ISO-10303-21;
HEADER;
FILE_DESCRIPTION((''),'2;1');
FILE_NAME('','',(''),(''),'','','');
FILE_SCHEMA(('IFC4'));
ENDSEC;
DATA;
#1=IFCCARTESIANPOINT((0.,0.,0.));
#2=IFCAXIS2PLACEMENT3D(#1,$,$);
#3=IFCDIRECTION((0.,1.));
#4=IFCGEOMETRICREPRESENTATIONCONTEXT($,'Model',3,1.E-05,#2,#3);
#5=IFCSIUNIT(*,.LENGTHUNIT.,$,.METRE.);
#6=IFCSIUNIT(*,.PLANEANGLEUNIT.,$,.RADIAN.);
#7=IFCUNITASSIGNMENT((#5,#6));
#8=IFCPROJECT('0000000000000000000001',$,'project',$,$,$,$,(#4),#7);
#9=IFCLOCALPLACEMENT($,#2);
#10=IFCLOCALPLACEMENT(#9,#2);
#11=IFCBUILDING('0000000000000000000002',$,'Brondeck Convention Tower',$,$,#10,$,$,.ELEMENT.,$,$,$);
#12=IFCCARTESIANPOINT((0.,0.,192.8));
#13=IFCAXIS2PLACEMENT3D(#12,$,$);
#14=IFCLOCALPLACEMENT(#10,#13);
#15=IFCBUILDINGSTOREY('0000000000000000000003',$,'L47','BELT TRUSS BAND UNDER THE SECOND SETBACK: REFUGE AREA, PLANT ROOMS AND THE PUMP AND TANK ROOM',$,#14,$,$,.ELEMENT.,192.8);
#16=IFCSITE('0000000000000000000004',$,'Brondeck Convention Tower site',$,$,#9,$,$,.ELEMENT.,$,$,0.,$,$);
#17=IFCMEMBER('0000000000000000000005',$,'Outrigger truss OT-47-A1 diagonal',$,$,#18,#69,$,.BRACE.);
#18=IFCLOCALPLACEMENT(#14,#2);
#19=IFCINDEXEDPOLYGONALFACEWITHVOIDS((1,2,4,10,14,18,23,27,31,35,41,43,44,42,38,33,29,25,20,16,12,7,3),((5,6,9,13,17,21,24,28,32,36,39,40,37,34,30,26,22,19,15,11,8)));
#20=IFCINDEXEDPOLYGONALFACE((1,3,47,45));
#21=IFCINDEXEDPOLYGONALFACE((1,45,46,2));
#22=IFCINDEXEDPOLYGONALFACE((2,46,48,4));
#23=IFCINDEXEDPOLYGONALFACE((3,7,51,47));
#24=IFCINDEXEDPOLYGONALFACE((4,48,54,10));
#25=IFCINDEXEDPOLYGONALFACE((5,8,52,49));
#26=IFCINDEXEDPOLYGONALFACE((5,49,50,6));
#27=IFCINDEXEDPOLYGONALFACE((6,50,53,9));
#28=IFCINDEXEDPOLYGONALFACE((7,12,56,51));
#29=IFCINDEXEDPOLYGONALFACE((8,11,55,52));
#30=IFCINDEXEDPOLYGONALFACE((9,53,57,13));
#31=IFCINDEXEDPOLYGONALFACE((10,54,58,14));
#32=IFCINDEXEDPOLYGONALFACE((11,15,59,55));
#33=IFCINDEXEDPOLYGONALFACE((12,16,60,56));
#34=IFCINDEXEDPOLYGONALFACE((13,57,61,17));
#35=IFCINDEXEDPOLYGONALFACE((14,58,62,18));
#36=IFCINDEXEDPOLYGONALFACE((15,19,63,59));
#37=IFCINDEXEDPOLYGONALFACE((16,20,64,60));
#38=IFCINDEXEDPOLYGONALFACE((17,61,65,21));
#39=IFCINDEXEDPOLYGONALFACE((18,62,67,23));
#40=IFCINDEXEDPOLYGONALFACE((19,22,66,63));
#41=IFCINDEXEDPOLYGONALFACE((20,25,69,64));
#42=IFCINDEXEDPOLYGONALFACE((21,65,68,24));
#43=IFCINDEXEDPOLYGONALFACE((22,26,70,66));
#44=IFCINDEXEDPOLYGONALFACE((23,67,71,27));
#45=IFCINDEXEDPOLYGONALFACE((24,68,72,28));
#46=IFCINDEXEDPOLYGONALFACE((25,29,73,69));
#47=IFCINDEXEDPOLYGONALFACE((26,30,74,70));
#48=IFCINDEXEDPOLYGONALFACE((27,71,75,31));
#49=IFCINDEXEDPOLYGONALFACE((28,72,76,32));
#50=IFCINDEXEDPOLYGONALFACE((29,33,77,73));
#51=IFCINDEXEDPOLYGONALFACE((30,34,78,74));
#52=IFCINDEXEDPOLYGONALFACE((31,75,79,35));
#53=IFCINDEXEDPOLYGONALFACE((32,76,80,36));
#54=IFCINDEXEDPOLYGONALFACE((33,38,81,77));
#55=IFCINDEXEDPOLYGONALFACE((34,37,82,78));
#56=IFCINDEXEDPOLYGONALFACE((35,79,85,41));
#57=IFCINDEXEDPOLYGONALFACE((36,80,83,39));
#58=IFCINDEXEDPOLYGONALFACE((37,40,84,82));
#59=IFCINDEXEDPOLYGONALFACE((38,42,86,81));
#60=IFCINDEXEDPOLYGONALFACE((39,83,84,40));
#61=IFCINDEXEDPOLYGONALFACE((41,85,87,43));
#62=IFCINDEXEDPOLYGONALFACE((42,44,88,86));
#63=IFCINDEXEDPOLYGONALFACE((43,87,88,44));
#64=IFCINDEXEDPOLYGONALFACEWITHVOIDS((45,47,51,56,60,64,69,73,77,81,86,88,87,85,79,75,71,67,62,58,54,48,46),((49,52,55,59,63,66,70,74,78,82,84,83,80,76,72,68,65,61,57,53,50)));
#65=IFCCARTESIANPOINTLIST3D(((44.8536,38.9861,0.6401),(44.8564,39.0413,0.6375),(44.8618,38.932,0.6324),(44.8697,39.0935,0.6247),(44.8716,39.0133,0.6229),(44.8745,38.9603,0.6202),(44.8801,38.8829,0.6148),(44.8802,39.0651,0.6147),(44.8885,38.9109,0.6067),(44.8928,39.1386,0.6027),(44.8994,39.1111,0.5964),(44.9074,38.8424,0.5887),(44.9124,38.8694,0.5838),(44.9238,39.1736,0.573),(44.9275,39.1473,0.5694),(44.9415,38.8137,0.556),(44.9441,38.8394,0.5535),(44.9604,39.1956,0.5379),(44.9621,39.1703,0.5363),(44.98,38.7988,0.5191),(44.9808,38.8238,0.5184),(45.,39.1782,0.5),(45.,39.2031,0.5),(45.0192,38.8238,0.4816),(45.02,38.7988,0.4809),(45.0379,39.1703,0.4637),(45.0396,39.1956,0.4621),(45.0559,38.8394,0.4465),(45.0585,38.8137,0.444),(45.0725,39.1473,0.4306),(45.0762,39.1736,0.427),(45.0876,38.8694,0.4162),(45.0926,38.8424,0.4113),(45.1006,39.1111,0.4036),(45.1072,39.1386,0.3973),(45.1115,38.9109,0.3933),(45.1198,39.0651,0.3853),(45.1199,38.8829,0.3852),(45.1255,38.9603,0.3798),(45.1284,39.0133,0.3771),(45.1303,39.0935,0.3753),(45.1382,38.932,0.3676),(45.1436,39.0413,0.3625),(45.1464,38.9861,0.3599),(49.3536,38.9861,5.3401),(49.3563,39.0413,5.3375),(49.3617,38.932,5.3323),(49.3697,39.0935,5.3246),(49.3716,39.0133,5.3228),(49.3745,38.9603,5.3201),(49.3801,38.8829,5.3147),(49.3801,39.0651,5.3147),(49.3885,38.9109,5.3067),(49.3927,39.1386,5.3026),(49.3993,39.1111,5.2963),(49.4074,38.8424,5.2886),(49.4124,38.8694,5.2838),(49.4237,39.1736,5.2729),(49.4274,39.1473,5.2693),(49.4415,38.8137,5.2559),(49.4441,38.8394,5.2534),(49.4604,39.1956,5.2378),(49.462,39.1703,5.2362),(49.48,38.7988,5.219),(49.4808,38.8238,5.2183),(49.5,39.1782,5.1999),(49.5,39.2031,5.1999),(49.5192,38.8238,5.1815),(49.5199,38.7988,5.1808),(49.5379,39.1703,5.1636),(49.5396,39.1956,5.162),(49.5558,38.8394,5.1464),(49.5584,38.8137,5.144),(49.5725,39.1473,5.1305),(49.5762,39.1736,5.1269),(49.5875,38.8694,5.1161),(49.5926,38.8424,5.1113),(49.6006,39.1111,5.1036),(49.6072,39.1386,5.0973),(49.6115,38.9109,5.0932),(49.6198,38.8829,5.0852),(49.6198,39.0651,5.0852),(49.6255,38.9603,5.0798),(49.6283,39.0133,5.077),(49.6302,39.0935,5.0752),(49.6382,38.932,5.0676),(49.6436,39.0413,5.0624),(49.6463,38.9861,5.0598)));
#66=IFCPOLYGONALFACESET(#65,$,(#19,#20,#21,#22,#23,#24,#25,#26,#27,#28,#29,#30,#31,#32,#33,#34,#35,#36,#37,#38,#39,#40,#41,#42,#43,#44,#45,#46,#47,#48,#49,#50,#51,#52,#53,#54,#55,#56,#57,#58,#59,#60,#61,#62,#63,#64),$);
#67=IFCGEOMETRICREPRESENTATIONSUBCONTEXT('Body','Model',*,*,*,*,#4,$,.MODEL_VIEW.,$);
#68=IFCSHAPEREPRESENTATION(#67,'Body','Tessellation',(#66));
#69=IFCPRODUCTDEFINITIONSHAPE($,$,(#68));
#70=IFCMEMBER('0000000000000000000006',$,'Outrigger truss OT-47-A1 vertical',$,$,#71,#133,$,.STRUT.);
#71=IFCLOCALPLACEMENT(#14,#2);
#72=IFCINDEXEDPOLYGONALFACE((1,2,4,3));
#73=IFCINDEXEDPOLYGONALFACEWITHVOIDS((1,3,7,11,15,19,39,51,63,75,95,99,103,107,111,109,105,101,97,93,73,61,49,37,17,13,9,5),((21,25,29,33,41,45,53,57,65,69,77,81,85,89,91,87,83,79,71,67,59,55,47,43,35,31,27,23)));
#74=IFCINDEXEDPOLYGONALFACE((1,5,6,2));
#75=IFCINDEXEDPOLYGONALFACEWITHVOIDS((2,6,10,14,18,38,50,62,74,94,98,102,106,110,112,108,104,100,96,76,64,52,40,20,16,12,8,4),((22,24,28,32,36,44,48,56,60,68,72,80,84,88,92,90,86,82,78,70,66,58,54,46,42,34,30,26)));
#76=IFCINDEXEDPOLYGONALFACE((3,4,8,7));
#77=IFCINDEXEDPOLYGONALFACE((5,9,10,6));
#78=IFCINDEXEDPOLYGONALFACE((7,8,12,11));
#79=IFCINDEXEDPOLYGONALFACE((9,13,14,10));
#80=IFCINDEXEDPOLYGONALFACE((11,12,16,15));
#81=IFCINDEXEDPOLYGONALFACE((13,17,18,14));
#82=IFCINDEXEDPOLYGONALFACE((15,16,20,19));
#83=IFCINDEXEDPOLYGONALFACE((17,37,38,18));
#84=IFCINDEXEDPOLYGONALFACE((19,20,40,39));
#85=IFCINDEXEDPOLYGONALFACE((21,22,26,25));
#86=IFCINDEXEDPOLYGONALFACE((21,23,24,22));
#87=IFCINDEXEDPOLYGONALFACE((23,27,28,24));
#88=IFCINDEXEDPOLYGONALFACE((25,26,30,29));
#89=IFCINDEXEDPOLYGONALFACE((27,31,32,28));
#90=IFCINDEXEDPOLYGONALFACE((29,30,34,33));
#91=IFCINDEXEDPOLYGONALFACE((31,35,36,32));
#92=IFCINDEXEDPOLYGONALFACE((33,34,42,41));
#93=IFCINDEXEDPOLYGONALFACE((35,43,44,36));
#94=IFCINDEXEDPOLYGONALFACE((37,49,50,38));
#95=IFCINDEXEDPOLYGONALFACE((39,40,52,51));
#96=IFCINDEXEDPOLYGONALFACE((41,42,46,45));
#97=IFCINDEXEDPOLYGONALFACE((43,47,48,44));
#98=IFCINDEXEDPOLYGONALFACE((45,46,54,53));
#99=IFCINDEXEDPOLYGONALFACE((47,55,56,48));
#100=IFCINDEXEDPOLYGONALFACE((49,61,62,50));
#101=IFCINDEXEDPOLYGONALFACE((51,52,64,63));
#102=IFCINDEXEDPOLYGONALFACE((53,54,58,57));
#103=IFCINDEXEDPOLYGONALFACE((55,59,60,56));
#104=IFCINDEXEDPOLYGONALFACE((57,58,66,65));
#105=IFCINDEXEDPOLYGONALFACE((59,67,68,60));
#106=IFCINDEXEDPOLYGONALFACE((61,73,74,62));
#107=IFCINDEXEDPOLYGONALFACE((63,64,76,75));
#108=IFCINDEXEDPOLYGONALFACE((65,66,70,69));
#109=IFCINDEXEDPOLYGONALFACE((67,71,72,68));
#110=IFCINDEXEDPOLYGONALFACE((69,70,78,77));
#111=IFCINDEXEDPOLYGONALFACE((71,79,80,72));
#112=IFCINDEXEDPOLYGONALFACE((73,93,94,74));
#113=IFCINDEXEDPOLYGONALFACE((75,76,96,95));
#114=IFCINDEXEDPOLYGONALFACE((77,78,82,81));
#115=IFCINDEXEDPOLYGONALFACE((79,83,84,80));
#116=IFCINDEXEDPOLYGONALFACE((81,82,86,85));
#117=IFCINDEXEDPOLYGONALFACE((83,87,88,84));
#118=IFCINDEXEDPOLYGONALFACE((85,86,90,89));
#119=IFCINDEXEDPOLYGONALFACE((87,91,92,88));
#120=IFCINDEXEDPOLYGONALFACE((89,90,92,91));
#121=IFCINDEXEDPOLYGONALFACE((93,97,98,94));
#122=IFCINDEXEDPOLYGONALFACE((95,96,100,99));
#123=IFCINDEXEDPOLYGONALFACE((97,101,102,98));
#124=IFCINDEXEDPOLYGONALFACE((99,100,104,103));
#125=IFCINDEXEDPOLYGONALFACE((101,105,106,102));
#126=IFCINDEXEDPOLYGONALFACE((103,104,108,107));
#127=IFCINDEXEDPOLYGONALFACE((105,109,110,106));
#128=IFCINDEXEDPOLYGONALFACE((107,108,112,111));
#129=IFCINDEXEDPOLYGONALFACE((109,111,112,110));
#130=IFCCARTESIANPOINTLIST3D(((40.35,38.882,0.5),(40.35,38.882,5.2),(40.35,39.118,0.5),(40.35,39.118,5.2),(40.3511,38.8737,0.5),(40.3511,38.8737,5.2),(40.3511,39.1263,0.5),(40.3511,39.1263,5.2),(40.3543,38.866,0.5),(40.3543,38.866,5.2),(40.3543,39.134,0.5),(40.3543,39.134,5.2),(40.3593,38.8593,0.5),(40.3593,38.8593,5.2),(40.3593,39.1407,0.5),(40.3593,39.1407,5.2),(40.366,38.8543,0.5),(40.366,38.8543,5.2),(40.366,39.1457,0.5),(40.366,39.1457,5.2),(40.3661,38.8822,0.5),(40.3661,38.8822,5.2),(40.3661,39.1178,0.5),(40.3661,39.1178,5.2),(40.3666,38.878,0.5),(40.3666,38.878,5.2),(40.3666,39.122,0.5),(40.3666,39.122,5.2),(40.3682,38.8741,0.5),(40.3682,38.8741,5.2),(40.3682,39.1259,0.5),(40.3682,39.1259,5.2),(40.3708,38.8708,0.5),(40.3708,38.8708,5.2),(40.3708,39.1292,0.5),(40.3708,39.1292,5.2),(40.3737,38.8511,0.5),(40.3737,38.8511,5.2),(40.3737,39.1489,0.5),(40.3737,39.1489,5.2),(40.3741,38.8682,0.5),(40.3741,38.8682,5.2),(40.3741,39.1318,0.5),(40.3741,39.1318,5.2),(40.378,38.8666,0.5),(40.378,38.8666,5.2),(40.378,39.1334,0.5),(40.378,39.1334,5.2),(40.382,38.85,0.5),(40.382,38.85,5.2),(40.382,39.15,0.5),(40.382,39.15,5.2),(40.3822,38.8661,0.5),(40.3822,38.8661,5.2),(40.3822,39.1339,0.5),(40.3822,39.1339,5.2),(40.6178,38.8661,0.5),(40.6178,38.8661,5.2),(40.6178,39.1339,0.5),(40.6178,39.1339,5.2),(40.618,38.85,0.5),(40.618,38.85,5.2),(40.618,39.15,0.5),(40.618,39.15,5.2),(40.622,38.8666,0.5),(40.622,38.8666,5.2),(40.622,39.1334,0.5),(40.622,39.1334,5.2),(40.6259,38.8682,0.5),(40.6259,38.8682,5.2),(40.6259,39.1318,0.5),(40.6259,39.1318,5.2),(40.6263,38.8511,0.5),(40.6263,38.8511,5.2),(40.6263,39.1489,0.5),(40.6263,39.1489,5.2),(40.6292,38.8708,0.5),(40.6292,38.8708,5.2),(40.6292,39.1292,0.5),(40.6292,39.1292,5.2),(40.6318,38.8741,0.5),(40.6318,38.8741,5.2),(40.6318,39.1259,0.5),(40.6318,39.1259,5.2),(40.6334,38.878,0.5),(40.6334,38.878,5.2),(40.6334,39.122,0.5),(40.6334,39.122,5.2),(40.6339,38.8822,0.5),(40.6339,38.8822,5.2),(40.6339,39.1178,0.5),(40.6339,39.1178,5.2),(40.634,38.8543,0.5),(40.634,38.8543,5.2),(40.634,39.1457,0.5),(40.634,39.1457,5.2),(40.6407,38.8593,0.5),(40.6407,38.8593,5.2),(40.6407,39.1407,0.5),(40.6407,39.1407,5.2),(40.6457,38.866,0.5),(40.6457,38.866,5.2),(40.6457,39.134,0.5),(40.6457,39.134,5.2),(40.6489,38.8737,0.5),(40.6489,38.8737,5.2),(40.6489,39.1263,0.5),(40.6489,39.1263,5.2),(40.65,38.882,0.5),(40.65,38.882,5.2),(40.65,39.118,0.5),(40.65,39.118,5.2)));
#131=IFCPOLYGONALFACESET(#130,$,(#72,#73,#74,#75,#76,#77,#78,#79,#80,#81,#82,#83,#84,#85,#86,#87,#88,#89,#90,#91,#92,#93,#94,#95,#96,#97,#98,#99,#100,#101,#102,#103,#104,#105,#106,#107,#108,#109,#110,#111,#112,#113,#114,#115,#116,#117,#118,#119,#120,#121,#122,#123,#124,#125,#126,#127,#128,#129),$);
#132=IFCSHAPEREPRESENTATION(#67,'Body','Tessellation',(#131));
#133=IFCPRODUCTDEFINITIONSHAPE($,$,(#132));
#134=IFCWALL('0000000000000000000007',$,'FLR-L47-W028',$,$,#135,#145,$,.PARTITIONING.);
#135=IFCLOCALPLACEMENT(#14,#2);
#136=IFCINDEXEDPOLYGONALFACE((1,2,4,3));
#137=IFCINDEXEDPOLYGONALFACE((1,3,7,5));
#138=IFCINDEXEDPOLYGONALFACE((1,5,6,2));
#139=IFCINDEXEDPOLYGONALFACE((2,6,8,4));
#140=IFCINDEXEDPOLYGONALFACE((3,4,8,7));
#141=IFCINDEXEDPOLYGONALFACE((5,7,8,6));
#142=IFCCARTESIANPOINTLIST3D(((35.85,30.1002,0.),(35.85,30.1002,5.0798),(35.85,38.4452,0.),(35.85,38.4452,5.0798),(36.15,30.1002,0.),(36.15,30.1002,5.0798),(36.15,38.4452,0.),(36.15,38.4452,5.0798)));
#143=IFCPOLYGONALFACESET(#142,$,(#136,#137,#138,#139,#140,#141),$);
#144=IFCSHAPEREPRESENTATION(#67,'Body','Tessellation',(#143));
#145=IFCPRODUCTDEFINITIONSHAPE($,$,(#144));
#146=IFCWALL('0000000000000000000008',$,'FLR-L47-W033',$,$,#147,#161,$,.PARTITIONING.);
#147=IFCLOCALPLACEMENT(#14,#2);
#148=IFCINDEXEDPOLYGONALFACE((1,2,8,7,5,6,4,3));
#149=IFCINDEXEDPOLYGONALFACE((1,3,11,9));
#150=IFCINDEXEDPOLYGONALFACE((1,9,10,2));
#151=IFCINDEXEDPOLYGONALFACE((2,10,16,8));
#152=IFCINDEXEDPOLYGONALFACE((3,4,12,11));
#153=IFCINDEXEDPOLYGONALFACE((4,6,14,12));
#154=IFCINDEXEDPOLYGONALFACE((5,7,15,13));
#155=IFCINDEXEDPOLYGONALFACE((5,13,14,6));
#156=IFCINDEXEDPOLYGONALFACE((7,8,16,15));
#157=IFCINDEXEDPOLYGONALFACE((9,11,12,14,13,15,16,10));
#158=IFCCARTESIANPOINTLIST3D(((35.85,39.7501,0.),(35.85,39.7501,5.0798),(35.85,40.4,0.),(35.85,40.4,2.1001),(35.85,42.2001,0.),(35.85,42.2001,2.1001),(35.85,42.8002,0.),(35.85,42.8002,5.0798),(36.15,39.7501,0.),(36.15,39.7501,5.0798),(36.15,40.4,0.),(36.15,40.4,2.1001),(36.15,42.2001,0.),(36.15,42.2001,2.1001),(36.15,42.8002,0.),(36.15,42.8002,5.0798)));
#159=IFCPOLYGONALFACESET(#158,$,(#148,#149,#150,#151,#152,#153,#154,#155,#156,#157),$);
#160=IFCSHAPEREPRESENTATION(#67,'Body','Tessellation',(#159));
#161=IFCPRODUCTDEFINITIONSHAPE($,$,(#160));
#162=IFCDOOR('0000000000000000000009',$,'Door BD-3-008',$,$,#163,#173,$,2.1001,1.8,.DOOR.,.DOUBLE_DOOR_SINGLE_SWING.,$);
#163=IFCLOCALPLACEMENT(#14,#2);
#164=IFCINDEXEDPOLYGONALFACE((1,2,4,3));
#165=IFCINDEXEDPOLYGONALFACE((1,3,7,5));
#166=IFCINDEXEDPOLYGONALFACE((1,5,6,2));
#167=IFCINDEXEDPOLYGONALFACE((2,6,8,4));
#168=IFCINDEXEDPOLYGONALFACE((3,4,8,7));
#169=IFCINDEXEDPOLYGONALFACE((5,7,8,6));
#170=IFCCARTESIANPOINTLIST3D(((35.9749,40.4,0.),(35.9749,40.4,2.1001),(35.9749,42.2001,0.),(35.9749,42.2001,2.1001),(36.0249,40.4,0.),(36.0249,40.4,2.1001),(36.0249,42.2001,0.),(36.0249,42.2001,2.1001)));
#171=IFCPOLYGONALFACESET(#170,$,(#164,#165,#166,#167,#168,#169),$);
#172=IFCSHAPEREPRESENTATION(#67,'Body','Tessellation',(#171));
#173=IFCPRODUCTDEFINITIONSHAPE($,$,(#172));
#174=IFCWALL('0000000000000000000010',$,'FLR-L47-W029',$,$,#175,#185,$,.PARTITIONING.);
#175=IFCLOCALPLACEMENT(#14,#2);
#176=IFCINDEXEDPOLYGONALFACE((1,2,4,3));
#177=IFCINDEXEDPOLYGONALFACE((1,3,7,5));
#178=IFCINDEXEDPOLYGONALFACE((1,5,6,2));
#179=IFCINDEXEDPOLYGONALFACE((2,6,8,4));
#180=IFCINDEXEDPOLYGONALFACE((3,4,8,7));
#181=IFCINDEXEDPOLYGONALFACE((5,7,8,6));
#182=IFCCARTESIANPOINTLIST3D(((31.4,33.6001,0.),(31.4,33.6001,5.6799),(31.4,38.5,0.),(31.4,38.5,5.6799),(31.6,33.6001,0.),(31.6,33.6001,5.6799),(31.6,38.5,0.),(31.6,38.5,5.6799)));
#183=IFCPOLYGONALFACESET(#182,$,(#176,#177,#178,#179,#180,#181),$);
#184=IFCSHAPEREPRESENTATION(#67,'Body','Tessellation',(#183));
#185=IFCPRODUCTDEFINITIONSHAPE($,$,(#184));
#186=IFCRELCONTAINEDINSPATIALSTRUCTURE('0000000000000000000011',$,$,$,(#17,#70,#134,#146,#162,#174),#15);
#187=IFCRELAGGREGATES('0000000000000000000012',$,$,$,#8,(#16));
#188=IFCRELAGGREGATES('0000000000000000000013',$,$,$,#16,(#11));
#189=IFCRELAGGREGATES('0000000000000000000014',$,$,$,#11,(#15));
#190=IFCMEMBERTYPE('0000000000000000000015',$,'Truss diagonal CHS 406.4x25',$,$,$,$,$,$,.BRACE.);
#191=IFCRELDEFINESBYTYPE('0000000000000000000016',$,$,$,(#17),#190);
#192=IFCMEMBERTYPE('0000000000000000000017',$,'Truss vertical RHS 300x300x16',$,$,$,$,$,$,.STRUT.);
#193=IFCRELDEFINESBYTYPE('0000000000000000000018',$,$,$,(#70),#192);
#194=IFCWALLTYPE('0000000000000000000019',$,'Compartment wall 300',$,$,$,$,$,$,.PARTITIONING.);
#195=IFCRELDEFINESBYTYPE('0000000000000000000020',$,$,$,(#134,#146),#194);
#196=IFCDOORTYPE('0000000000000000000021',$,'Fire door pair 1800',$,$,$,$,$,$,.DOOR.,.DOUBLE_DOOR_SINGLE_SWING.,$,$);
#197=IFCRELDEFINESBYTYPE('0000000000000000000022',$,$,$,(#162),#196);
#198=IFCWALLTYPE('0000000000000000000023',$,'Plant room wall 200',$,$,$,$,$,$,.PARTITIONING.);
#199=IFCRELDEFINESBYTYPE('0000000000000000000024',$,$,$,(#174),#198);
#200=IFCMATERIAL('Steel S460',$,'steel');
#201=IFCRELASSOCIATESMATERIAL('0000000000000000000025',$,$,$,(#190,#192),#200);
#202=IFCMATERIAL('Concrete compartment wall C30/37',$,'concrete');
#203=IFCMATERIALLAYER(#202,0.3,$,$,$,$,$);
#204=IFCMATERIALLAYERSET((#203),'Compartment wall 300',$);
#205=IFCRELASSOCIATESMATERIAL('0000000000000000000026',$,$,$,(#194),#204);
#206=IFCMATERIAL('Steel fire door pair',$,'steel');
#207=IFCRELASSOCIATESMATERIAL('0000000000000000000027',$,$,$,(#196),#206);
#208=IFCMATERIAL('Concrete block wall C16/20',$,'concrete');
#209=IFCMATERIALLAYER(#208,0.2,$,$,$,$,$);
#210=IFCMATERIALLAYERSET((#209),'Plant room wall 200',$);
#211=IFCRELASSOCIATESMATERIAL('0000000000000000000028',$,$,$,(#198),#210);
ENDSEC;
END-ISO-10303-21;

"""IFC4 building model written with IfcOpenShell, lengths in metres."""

from ifc_helpers import new_model, si_unit, direction, frame, frame_2d, origin, origin_2d, place, context, subcontext, project, spatial, rectangle, hollow_rectangle, hollow_circle, extrude, material, layer, layer_set, material_profile, profile_set, type_object, element, fill, save


model = new_model("IFC4")

# Units and contexts
model_context = context("Model", 3, precision=1e-05, world=origin(), true_north=direction((0.0, 1.0)))
body_context = subcontext(model_context, "Body", "Model", "MODEL_VIEW")
ifc_project = project(units=[si_unit("LENGTHUNIT", "METRE"), si_unit("PLANEANGLEUNIT", "RADIAN")], contexts=[model_context])

# Site, building, storey
site_placement = place(None, origin())
site = spatial("IfcSite", under=ifc_project, at=site_placement, Name="Brondeck Convention Tower site", CompositionType="ELEMENT", RefElevation=0.0)
building_placement = place(site_placement, origin())
building = spatial("IfcBuilding", under=site, at=building_placement, Name="Brondeck Convention Tower", CompositionType="ELEMENT")
storey_placement = place(building_placement, frame((0.0, 0.0, 192.8)))
storey = spatial("IfcBuildingStorey", under=building, at=storey_placement, Name="L47", Description="BELT TRUSS BAND UNDER THE SECOND SETBACK: REFUGE AREA, PLANT ROOMS AND THE PUMP AND TANK ROOM", CompositionType="ELEMENT", Elevation=192.8)

# Members
ifc_material_1 = material(Name="Steel S460", Category="steel")
ifc_material_profile_1 = material_profile(ifc_material_1, hollow_circle(Radius=0.2031, WallThickness=0.0249, at=origin_2d()), Name="CHS 406.4x25")
ifc_profile_set_1 = profile_set([ifc_material_profile_1], Name="Steel S460")
member_type_1 = type_object("IfcMemberType", Name="Truss diagonal CHS 406.4x25", PredefinedType="BRACE", material=ifc_profile_set_1)
for number, where, z_axis, x_axis, name in (
    (1, (45.0, 39.0, 0.5), (0.691575, 0.0, 0.722304), (0.0, 1.0, 0.0), "Outrigger truss OT-47-A1 diagonal"),
):
    element("IfcMember", number, at=place(storey_placement, frame(where, z_axis=z_axis, x_axis=x_axis)), inside=storey, type_object=member_type_1, Name=name, PredefinedType="BRACE", context=body_context, shape_type="SweptSolid", body=[
        extrude(hollow_circle(Radius=0.2031, WallThickness=0.0249, at=origin_2d()), origin(), (0.0, 0.0, 1.0), 6.5068),
    ])
ifc_material_profile_2 = material_profile(ifc_material_1, hollow_rectangle(XDim=0.3, YDim=0.3, WallThickness=0.0161, InnerFilletRadius=0.0161, OuterFilletRadius=0.032, at=origin_2d()), Name="RHS 300x300x16")
ifc_profile_set_2 = profile_set([ifc_material_profile_2], Name="Steel S460")
member_type_2 = type_object("IfcMemberType", Name="Truss vertical RHS 300x300x16", PredefinedType="STRUT", material=ifc_profile_set_2)
member_1_placement = place(storey_placement, frame((40.5, 39.0, 0.5), z_axis=(0.0, 0.0, 1.0), x_axis=(1.0, 0.0, 0.0)))
element("IfcMember", 2, at=member_1_placement, inside=storey, type_object=member_type_2, Name="Outrigger truss OT-47-A1 vertical", PredefinedType="STRUT", context=body_context, shape_type="SweptSolid", body=[
    extrude(hollow_rectangle(XDim=0.3, YDim=0.3, WallThickness=0.0161, InnerFilletRadius=0.0161, OuterFilletRadius=0.032, at=origin_2d()), origin(), (0.0, 0.0, 1.0), 4.7),
])

# Wall
ifc_material_2 = material(Name="Concrete compartment wall C30/37", Category="concrete")
ifc_layer_1 = layer(ifc_material_2, 0.3)
ifc_layer_set_1 = layer_set([ifc_layer_1], Name="Compartment wall 300")
wall_type_1 = type_object("IfcWallType", Name="Compartment wall 300", PredefinedType="PARTITIONING", material=ifc_layer_set_1)
wall_1_placement = place(storey_placement, frame((36.0, 38.4451, 0.0), z_axis=(0.0, 0.0, 1.0), x_axis=(0.0, -1.0, 0.0)))
element("IfcWall", 3, at=wall_1_placement, inside=storey, type_object=wall_type_1, Name="FLR-L47-W028", PredefinedType="PARTITIONING", context=body_context, shape_type="SweptSolid", body=[
    extrude(rectangle(XDim=8.345, YDim=0.3, at=frame_2d((4.1724, 0.0))), origin(), (0.0, 0.0, 1.0), 5.0798),
])

# Wall, opening, door
wall_2_placement = place(storey_placement, frame((36.0, 42.8, 0.0), z_axis=(0.0, 0.0, 1.0), x_axis=(0.0, -1.0, 0.0)))
wall_2 = element("IfcWall", 4, at=wall_2_placement, inside=storey, type_object=wall_type_1, Name="FLR-L47-W033", PredefinedType="PARTITIONING", context=body_context, shape_type="SweptSolid", body=[
    extrude(rectangle(XDim=3.05, YDim=0.3, at=frame_2d((1.5249, 0.0))), origin(), (0.0, 0.0, 1.0), 5.0798),
])
opening_1_placement = place(wall_2_placement, frame((0.6001, 0.0, 0.0)))
opening_1 = element("IfcOpeningElement", 5, at=opening_1_placement, cuts=wall_2, PredefinedType="OPENING", context=body_context, shape_type="SweptSolid", body=[
    extrude(rectangle(XDim=1.8, YDim=2.1001, at=frame_2d((0.8999, 1.05))), frame((0.0, 0.1599, 0.0), z_axis=(0.0, -1.0, 0.0), x_axis=(1.0, 0.0, 0.0)), (0.0, 0.0, 1.0), 0.3201),
])
ifc_material_3 = material(Name="Steel fire door pair", Category="steel")
door_type_1 = type_object("IfcDoorType", Name="Fire door pair 1800", OperationType="DOUBLE_DOOR_SINGLE_SWING", PredefinedType="DOOR", material=ifc_material_3)
door_1_placement = place(opening_1_placement, origin())
door_1 = element("IfcDoor", 6, at=door_1_placement, inside=storey, type_object=door_type_1, Name="Door BD-3-008", OperationType="DOUBLE_DOOR_SINGLE_SWING", OverallHeight=2.1001, OverallWidth=1.8, PredefinedType="DOOR", context=body_context, shape_type="SweptSolid", body=[
    extrude(rectangle(XDim=1.8, YDim=2.1001, at=frame_2d((0.8999, 1.05))), frame((0.0, 0.0249, 0.0), z_axis=(0.0, -1.0, 0.0), x_axis=(1.0, 0.0, 0.0)), (0.0, 0.0, 1.0), 0.05),
])
fill(opening_1, door_1)

# Wall
ifc_material_4 = material(Name="Concrete block wall C16/20", Category="concrete")
ifc_layer_2 = layer(ifc_material_4, 0.2)
ifc_layer_set_2 = layer_set([ifc_layer_2], Name="Plant room wall 200")
wall_type_2 = type_object("IfcWallType", Name="Plant room wall 200", PredefinedType="PARTITIONING", material=ifc_layer_set_2)
wall_3_placement = place(storey_placement, frame((31.5, 38.5, 0.0), z_axis=(0.0, 0.0, 1.0), x_axis=(0.0, -1.0, 0.0)))
element("IfcWall", 7, at=wall_3_placement, inside=storey, type_object=wall_type_2, Name="FLR-L47-W029", PredefinedType="PARTITIONING", context=body_context, shape_type="SweptSolid", body=[
    extrude(rectangle(XDim=4.8999, YDim=0.2, at=frame_2d((2.45, 0.0))), origin(), (0.0, 0.0, 1.0), 5.6799),
])

save(model, "model.ifc")
